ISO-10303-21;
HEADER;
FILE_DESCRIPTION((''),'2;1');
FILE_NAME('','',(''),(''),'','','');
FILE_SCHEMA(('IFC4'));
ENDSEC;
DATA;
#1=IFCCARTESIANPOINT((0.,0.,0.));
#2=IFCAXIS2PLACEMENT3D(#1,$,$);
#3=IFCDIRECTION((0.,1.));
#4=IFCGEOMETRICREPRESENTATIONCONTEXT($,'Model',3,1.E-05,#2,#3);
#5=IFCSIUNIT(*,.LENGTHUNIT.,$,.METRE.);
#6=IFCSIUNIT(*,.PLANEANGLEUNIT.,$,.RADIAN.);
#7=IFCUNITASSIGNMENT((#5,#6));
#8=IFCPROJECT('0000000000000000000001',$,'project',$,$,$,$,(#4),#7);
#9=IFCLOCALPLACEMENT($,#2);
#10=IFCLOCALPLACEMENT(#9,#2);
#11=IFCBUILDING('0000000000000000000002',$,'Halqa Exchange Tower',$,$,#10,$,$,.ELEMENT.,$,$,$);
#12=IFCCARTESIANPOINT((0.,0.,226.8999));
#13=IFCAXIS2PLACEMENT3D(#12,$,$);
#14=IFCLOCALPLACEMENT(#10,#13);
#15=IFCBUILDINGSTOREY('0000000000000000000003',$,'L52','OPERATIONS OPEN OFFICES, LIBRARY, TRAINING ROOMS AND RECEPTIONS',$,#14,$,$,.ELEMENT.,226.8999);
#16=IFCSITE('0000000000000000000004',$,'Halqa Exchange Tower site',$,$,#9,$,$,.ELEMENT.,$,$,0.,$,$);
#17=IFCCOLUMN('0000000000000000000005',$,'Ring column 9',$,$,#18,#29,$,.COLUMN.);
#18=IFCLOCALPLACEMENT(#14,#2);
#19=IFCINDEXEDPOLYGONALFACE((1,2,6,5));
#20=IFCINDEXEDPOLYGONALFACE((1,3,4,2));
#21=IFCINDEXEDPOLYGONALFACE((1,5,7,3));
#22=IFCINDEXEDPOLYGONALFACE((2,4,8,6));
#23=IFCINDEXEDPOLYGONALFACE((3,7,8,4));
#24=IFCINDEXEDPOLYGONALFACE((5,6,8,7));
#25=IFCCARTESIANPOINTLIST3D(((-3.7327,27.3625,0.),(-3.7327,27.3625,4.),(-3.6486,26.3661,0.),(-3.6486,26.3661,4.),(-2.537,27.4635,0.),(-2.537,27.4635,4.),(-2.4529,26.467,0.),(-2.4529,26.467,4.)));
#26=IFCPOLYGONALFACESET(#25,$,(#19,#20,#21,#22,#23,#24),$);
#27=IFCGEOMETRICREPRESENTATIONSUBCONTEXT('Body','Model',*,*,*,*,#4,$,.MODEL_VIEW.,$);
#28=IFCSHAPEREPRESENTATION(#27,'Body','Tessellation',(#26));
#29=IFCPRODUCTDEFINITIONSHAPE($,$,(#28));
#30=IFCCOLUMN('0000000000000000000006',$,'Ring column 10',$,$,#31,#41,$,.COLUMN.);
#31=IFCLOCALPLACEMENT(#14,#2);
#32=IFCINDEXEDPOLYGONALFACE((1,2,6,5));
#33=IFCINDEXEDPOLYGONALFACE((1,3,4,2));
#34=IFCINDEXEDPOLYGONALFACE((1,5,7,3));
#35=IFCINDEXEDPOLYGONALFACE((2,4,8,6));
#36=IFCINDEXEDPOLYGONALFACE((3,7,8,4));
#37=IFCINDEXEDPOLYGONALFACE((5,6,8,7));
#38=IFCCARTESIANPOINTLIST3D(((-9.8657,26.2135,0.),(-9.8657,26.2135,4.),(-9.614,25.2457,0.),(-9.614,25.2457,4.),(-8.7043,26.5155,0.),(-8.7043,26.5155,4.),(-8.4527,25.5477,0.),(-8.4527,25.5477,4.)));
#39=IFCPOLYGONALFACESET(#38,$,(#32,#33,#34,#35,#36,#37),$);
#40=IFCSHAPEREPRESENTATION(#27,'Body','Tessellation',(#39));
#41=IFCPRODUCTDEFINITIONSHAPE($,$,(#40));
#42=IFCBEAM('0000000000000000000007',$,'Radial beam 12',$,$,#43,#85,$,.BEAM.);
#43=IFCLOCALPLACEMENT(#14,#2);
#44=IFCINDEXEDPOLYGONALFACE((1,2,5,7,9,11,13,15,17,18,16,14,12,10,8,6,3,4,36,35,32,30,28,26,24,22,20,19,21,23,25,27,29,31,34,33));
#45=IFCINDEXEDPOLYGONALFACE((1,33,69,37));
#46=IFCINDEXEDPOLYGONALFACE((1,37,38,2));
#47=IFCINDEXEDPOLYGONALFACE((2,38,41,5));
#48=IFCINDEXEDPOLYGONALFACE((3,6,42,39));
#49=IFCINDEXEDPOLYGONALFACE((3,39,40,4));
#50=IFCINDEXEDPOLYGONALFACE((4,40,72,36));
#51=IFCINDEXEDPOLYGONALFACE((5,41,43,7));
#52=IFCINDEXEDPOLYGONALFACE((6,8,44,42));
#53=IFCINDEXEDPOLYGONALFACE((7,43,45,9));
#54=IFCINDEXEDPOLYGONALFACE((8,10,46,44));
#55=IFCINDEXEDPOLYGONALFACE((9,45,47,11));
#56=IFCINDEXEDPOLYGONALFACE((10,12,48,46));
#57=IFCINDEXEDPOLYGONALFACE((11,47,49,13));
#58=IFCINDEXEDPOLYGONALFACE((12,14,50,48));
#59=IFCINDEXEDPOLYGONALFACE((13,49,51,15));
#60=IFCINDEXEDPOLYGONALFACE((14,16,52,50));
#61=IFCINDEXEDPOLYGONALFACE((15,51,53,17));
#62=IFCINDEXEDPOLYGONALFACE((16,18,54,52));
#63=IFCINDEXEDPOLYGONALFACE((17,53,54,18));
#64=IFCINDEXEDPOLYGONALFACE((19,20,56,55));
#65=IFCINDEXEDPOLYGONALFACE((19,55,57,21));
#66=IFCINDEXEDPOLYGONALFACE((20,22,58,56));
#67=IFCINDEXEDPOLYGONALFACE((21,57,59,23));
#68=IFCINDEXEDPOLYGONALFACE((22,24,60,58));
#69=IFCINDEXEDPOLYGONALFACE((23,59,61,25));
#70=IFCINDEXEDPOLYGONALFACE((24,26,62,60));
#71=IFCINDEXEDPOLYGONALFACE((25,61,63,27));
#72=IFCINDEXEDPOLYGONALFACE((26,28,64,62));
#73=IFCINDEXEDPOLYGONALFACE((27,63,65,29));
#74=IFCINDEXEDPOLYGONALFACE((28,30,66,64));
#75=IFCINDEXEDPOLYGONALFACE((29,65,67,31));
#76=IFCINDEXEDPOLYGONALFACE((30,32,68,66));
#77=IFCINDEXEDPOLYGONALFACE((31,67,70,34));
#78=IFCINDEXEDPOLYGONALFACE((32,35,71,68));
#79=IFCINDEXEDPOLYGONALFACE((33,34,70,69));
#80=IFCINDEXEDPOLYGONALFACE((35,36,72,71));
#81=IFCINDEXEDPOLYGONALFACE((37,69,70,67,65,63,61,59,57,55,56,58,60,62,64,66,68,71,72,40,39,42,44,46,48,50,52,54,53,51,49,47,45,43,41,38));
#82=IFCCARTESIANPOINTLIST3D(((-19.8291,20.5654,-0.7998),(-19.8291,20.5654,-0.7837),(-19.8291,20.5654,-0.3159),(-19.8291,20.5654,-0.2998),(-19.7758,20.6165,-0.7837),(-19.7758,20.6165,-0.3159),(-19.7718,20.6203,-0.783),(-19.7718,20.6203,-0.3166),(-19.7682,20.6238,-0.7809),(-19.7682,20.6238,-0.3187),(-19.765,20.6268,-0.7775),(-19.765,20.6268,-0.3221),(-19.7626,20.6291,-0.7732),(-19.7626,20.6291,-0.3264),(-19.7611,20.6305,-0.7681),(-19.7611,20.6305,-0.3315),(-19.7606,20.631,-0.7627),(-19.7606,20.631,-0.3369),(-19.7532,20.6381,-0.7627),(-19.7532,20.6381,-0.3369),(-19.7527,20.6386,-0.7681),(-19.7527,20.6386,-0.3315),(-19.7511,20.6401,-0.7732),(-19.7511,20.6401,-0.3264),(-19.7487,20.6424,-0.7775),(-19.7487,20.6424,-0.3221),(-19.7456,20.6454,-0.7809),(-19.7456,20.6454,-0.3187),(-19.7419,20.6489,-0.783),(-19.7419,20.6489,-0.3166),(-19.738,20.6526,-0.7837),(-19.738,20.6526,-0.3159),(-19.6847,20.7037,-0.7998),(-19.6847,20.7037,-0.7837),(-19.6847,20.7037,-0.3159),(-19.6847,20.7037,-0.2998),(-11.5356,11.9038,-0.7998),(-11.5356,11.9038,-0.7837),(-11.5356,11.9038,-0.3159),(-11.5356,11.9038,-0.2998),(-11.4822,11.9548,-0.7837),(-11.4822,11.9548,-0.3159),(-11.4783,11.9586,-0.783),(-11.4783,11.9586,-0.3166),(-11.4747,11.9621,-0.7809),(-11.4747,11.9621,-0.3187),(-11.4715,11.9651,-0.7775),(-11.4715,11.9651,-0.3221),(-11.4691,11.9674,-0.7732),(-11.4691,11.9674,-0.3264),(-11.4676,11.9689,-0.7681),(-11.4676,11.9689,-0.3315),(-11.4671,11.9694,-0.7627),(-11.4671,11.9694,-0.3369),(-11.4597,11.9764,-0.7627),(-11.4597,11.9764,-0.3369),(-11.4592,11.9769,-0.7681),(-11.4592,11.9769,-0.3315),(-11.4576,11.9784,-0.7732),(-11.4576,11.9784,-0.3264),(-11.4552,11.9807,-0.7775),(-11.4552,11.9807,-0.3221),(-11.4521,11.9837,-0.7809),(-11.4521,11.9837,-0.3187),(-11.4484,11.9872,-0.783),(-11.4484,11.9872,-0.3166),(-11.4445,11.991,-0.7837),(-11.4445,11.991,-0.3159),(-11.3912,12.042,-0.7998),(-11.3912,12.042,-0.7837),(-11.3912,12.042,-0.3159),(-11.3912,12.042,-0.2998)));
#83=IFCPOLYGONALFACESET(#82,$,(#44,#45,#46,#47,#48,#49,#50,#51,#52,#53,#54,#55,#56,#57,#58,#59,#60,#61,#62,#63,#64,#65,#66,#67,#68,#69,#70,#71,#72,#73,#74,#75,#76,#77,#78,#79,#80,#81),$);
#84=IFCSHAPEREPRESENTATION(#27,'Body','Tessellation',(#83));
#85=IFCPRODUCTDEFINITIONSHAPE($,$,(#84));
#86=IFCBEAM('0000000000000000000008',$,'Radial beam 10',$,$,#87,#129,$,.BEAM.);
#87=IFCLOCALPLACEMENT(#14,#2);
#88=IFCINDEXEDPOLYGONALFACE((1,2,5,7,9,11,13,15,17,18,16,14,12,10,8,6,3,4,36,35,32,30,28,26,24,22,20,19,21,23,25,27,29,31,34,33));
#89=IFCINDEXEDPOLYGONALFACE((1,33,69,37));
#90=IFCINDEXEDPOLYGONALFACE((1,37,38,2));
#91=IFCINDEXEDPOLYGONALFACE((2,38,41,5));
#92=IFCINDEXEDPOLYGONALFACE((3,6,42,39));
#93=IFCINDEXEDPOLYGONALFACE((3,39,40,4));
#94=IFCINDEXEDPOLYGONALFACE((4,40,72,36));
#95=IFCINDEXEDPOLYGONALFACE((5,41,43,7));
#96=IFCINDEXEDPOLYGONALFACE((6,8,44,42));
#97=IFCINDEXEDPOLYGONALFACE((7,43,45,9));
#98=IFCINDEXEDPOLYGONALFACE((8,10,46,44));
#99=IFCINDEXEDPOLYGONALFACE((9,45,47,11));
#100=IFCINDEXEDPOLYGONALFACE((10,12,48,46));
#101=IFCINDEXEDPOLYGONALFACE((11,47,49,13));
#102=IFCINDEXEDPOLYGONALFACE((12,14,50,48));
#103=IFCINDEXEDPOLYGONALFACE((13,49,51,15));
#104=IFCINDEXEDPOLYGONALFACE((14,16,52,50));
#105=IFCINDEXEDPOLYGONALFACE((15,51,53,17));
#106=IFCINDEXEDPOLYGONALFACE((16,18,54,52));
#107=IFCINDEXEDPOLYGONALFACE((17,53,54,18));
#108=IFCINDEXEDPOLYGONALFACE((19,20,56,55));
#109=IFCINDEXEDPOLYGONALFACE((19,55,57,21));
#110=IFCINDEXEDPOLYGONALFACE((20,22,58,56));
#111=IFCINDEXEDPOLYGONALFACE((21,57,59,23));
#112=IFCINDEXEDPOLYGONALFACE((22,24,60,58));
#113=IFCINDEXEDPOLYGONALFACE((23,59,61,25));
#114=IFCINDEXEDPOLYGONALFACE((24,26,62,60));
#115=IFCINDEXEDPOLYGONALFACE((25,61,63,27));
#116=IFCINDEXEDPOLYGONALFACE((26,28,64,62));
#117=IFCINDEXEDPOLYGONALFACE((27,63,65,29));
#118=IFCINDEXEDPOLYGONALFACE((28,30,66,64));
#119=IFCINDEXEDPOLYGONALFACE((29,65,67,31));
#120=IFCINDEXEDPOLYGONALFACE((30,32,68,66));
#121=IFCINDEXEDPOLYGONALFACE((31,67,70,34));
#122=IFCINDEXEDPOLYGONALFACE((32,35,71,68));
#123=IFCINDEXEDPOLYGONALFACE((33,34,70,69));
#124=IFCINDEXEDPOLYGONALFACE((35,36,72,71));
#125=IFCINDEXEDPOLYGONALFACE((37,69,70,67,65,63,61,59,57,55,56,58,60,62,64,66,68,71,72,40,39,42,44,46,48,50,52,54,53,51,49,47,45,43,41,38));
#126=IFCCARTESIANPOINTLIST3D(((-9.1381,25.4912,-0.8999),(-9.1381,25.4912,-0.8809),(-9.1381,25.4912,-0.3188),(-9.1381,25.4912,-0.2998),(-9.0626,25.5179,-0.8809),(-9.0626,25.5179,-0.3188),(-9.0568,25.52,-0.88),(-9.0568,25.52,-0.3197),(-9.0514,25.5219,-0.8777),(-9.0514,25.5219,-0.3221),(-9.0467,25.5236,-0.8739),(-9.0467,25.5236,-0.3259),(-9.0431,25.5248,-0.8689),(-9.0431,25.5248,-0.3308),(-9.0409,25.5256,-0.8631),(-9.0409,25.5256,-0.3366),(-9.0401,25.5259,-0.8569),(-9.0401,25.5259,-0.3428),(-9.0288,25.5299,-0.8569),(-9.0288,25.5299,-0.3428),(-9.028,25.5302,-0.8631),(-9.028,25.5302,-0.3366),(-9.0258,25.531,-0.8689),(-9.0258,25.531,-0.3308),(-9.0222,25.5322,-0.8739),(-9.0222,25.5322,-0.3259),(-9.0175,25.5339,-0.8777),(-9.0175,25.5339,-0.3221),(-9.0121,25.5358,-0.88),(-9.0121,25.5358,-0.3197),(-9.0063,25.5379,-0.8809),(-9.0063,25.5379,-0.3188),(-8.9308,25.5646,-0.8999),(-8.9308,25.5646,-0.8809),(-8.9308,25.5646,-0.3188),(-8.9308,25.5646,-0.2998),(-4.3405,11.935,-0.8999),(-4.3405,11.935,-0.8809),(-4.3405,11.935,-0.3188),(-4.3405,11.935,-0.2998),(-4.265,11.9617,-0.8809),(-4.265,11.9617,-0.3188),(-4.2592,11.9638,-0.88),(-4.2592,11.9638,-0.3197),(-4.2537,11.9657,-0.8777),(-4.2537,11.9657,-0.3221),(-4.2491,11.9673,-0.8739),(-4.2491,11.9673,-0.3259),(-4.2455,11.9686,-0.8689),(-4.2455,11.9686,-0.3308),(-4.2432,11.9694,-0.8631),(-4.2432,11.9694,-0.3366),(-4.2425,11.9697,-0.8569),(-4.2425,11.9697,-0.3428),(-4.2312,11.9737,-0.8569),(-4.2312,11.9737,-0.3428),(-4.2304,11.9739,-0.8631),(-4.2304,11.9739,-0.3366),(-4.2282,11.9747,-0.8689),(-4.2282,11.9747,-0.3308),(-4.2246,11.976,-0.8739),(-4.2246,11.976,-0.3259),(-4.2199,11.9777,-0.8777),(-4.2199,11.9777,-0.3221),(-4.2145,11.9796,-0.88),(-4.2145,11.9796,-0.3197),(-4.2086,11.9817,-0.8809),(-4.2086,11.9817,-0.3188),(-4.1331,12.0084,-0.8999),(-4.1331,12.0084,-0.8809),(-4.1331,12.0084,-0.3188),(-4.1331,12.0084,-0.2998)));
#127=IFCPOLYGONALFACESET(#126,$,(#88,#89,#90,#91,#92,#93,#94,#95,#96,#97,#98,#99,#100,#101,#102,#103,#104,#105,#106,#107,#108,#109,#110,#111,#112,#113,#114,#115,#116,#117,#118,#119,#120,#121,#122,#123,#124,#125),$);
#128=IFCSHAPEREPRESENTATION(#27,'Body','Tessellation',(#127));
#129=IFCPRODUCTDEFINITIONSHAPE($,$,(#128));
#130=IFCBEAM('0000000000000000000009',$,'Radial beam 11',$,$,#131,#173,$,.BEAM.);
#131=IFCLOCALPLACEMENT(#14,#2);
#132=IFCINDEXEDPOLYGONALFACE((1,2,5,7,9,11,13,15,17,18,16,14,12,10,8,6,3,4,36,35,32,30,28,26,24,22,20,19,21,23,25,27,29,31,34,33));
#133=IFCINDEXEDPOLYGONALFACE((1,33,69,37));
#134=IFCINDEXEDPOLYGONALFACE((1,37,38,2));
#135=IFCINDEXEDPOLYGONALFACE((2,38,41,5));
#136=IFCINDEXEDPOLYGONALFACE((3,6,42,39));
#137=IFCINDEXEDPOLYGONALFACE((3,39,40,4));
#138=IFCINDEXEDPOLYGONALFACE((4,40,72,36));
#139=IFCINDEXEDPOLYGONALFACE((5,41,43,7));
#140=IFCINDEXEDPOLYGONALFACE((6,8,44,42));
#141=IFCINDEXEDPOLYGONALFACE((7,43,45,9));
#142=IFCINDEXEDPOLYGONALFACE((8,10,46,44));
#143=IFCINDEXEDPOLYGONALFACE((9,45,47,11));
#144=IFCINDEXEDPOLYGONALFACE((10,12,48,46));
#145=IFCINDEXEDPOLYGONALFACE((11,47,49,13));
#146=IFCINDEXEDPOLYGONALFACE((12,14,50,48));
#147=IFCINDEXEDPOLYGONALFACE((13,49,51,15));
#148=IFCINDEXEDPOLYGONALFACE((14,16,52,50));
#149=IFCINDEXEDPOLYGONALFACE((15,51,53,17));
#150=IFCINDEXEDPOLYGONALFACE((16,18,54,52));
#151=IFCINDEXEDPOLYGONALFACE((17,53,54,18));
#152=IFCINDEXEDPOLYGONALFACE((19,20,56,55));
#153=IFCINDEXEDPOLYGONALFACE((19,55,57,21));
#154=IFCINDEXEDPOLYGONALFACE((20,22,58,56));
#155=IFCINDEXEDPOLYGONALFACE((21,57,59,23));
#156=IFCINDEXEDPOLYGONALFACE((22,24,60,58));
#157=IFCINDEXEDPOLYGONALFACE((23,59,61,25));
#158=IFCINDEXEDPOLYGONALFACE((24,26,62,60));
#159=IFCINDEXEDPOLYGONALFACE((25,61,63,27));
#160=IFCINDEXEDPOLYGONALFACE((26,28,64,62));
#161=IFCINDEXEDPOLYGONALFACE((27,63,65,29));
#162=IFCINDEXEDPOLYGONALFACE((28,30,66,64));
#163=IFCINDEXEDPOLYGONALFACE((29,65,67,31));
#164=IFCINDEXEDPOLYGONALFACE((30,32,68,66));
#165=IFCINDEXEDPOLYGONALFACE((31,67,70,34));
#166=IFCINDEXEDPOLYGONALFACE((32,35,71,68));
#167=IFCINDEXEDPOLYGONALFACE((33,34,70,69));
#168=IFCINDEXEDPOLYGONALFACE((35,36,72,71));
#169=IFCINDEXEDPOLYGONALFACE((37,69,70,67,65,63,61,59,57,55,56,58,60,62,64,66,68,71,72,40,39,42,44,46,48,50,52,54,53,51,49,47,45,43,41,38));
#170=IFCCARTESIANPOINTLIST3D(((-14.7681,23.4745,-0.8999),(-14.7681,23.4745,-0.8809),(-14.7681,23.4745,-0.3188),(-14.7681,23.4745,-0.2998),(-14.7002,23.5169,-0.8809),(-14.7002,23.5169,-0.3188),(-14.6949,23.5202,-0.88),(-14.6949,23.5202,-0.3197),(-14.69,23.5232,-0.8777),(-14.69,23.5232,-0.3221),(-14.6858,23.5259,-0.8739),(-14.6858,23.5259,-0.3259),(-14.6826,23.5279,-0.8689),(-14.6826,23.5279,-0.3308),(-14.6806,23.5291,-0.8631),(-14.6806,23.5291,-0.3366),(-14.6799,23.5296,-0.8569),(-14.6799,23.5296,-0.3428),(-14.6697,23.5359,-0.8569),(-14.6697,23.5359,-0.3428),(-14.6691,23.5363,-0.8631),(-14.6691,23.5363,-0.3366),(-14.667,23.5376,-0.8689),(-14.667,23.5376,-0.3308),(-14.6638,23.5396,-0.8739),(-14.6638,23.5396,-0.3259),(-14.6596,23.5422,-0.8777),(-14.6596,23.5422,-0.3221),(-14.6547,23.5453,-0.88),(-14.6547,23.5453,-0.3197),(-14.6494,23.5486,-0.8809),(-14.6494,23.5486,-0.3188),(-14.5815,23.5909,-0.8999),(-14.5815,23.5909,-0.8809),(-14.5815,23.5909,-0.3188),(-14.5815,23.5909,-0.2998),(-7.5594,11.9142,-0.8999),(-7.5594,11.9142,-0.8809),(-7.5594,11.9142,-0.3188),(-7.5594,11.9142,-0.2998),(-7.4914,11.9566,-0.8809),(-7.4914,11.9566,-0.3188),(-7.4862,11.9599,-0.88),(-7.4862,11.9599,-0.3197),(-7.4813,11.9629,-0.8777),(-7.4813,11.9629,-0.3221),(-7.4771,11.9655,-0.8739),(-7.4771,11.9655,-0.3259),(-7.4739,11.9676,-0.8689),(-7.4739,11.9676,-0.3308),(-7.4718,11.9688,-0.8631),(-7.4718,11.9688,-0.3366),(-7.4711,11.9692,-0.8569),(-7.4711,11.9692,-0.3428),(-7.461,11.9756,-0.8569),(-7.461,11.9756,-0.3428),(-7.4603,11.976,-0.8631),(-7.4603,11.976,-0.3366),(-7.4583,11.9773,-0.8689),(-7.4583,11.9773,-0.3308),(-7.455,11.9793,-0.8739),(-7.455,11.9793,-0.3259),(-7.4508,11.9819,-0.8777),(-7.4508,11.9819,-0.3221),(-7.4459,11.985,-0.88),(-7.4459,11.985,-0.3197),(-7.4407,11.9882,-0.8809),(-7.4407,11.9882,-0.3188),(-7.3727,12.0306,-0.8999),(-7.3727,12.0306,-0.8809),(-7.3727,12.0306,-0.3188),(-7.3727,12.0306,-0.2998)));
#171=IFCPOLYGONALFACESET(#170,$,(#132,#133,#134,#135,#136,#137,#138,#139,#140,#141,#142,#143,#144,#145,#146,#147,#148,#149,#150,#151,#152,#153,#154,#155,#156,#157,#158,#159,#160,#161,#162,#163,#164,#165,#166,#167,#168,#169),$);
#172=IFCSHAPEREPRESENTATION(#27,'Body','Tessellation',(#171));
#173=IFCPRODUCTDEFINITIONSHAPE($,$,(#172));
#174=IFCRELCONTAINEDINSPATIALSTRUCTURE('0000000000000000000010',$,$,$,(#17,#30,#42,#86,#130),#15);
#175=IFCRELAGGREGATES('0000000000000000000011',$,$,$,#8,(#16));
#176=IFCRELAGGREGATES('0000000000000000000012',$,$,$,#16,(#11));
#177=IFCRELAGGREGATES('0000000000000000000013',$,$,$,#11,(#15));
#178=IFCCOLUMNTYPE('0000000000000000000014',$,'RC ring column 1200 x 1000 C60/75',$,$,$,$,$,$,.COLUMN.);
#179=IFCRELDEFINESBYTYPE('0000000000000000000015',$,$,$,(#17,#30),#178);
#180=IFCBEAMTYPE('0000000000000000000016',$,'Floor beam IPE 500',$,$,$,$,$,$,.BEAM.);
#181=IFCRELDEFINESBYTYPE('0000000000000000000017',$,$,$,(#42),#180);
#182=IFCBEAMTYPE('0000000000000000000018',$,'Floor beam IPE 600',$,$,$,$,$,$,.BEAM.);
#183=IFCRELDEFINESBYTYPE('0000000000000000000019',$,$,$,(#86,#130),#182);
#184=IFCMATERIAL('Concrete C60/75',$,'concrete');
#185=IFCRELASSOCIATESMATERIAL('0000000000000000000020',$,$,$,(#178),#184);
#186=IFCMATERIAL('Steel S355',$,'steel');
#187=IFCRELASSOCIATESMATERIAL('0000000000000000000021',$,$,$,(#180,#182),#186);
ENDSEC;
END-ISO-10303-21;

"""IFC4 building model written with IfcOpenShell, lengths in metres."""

from ifc_helpers import new_model, si_unit, direction, frame, origin, origin_2d, place, context, subcontext, project, spatial, rectangle, i_section, extrude, material, material_profile, profile_set, type_object, element, save


model = new_model("IFC4")

# Units and contexts
model_context = context("Model", 3, precision=1e-05, world=origin(), true_north=direction((0.0, 1.0)))
body_context = subcontext(model_context, "Body", "Model", "MODEL_VIEW")
ifc_project = project(units=[si_unit("LENGTHUNIT", "METRE"), si_unit("PLANEANGLEUNIT", "RADIAN")], contexts=[model_context])

# Site, building, storey
site_placement = place(None, origin())
site = spatial("IfcSite", under=ifc_project, at=site_placement, Name="Halqa Exchange Tower site", CompositionType="ELEMENT", RefElevation=0.0)
building_placement = place(site_placement, origin())
building = spatial("IfcBuilding", under=site, at=building_placement, Name="Halqa Exchange Tower", CompositionType="ELEMENT")
storey_placement = place(building_placement, frame((0.0, 0.0, 226.8999)))
storey = spatial("IfcBuildingStorey", under=building, at=storey_placement, Name="L52", Description="OPERATIONS OPEN OFFICES, LIBRARY, TRAINING ROOMS AND RECEPTIONS", CompositionType="ELEMENT", Elevation=226.8999)

# Columns
ifc_material_1 = material(Name="Concrete C60/75", Category="concrete")
ifc_material_profile_1 = material_profile(ifc_material_1, rectangle(XDim=1.2, YDim=1.0, at=origin_2d()), Name="1200 x 1000")
ifc_profile_set_1 = profile_set([ifc_material_profile_1], Name="Concrete C60/75")
column_type = type_object("IfcColumnType", Name="RC ring column 1200 x 1000 C60/75", PredefinedType="COLUMN", material=ifc_profile_set_1)
for number, where, z_axis, x_axis, name in (
    (1, (-3.0928, 26.9148, 0.0), (0.0, 0.0, 1.0), (-0.996455, -0.084128, 0.0), "Ring column 9"),
    (2, (-9.1592, 25.8806, 0.0), (0.0, 0.0, 1.0), (-0.967818, -0.25165, 0.0), "Ring column 10"),
):
    element("IfcColumn", number, at=place(storey_placement, frame(where, z_axis=z_axis, x_axis=x_axis)), inside=storey, type_object=column_type, Name=name, PredefinedType="COLUMN", context=body_context, shape_type="SweptSolid", body=[
        extrude(rectangle(XDim=1.2, YDim=1.0, at=origin_2d()), origin(), (0.0, 0.0, 1.0), 4.0),
    ])

# Beams
ifc_material_2 = material(Name="Steel S355", Category="steel")
ifc_material_profile_2 = material_profile(ifc_material_2, i_section(OverallWidth=0.2, OverallDepth=0.5, WebThickness=0.0103, FlangeThickness=0.0161, FilletRadius=0.021, at=origin_2d()), Name="IPE 500")
ifc_profile_set_2 = profile_set([ifc_material_profile_2], Name="Steel S355")
beam_type_1 = type_object("IfcBeamType", Name="Floor beam IPE 500", PredefinedType="BEAM", material=ifc_profile_set_2)
beam_1_placement = place(storey_placement, frame((-11.4634, 11.9729, -0.5498), z_axis=(-0.69159, 0.722291, 0.0), x_axis=(-0.722291, -0.69159, 0.0)))
element("IfcBeam", 3, at=beam_1_placement, inside=storey, type_object=beam_type_1, Name="Radial beam 12", PredefinedType="BEAM", context=body_context, shape_type="SweptSolid", body=[
    extrude(i_section(OverallWidth=0.2, OverallDepth=0.5, WebThickness=0.0103, FlangeThickness=0.0161, FilletRadius=0.021, at=origin_2d()), origin(), (0.0, 0.0, 1.0), 11.9919),
])
ifc_material_profile_3 = material_profile(ifc_material_2, i_section(OverallWidth=0.22, OverallDepth=0.6001, WebThickness=0.012, FlangeThickness=0.019, FilletRadius=0.0239, at=origin_2d()), Name="IPE 600")
ifc_profile_set_3 = profile_set([ifc_material_profile_3], Name="Steel S355")
beam_type_2 = type_object("IfcBeamType", Name="Floor beam IPE 600", PredefinedType="BEAM", material=ifc_profile_set_3)
beam_2_placement = place(storey_placement, frame((-4.2368, 11.9717, -0.5999), z_axis=(-0.333629, 0.942704, 0.0), x_axis=(-0.942704, -0.333629, 0.0)))
element("IfcBeam", 4, at=beam_2_placement, inside=storey, type_object=beam_type_2, Name="Radial beam 10", PredefinedType="BEAM", context=body_context, shape_type="SweptSolid", body=[
    extrude(i_section(OverallWidth=0.22, OverallDepth=0.6001, WebThickness=0.012, FlangeThickness=0.019, FilletRadius=0.0239, at=origin_2d()), origin(), (0.0, 0.0, 1.0), 14.3801),
])
beam_3_placement = place(storey_placement, frame((-7.4661, 11.9724, -0.5999), z_axis=(-0.52913, 0.848541, 0.0), x_axis=(-0.848541, -0.52913, 0.0)))
element("IfcBeam", 5, at=beam_3_placement, inside=storey, type_object=beam_type_2, Name="Radial beam 11", PredefinedType="BEAM", context=body_context, shape_type="SweptSolid", body=[
    extrude(i_section(OverallWidth=0.22, OverallDepth=0.6001, WebThickness=0.012, FlangeThickness=0.019, FilletRadius=0.0239, at=origin_2d()), origin(), (0.0, 0.0, 1.0), 13.6238),
])

save(model, "model.ifc")
